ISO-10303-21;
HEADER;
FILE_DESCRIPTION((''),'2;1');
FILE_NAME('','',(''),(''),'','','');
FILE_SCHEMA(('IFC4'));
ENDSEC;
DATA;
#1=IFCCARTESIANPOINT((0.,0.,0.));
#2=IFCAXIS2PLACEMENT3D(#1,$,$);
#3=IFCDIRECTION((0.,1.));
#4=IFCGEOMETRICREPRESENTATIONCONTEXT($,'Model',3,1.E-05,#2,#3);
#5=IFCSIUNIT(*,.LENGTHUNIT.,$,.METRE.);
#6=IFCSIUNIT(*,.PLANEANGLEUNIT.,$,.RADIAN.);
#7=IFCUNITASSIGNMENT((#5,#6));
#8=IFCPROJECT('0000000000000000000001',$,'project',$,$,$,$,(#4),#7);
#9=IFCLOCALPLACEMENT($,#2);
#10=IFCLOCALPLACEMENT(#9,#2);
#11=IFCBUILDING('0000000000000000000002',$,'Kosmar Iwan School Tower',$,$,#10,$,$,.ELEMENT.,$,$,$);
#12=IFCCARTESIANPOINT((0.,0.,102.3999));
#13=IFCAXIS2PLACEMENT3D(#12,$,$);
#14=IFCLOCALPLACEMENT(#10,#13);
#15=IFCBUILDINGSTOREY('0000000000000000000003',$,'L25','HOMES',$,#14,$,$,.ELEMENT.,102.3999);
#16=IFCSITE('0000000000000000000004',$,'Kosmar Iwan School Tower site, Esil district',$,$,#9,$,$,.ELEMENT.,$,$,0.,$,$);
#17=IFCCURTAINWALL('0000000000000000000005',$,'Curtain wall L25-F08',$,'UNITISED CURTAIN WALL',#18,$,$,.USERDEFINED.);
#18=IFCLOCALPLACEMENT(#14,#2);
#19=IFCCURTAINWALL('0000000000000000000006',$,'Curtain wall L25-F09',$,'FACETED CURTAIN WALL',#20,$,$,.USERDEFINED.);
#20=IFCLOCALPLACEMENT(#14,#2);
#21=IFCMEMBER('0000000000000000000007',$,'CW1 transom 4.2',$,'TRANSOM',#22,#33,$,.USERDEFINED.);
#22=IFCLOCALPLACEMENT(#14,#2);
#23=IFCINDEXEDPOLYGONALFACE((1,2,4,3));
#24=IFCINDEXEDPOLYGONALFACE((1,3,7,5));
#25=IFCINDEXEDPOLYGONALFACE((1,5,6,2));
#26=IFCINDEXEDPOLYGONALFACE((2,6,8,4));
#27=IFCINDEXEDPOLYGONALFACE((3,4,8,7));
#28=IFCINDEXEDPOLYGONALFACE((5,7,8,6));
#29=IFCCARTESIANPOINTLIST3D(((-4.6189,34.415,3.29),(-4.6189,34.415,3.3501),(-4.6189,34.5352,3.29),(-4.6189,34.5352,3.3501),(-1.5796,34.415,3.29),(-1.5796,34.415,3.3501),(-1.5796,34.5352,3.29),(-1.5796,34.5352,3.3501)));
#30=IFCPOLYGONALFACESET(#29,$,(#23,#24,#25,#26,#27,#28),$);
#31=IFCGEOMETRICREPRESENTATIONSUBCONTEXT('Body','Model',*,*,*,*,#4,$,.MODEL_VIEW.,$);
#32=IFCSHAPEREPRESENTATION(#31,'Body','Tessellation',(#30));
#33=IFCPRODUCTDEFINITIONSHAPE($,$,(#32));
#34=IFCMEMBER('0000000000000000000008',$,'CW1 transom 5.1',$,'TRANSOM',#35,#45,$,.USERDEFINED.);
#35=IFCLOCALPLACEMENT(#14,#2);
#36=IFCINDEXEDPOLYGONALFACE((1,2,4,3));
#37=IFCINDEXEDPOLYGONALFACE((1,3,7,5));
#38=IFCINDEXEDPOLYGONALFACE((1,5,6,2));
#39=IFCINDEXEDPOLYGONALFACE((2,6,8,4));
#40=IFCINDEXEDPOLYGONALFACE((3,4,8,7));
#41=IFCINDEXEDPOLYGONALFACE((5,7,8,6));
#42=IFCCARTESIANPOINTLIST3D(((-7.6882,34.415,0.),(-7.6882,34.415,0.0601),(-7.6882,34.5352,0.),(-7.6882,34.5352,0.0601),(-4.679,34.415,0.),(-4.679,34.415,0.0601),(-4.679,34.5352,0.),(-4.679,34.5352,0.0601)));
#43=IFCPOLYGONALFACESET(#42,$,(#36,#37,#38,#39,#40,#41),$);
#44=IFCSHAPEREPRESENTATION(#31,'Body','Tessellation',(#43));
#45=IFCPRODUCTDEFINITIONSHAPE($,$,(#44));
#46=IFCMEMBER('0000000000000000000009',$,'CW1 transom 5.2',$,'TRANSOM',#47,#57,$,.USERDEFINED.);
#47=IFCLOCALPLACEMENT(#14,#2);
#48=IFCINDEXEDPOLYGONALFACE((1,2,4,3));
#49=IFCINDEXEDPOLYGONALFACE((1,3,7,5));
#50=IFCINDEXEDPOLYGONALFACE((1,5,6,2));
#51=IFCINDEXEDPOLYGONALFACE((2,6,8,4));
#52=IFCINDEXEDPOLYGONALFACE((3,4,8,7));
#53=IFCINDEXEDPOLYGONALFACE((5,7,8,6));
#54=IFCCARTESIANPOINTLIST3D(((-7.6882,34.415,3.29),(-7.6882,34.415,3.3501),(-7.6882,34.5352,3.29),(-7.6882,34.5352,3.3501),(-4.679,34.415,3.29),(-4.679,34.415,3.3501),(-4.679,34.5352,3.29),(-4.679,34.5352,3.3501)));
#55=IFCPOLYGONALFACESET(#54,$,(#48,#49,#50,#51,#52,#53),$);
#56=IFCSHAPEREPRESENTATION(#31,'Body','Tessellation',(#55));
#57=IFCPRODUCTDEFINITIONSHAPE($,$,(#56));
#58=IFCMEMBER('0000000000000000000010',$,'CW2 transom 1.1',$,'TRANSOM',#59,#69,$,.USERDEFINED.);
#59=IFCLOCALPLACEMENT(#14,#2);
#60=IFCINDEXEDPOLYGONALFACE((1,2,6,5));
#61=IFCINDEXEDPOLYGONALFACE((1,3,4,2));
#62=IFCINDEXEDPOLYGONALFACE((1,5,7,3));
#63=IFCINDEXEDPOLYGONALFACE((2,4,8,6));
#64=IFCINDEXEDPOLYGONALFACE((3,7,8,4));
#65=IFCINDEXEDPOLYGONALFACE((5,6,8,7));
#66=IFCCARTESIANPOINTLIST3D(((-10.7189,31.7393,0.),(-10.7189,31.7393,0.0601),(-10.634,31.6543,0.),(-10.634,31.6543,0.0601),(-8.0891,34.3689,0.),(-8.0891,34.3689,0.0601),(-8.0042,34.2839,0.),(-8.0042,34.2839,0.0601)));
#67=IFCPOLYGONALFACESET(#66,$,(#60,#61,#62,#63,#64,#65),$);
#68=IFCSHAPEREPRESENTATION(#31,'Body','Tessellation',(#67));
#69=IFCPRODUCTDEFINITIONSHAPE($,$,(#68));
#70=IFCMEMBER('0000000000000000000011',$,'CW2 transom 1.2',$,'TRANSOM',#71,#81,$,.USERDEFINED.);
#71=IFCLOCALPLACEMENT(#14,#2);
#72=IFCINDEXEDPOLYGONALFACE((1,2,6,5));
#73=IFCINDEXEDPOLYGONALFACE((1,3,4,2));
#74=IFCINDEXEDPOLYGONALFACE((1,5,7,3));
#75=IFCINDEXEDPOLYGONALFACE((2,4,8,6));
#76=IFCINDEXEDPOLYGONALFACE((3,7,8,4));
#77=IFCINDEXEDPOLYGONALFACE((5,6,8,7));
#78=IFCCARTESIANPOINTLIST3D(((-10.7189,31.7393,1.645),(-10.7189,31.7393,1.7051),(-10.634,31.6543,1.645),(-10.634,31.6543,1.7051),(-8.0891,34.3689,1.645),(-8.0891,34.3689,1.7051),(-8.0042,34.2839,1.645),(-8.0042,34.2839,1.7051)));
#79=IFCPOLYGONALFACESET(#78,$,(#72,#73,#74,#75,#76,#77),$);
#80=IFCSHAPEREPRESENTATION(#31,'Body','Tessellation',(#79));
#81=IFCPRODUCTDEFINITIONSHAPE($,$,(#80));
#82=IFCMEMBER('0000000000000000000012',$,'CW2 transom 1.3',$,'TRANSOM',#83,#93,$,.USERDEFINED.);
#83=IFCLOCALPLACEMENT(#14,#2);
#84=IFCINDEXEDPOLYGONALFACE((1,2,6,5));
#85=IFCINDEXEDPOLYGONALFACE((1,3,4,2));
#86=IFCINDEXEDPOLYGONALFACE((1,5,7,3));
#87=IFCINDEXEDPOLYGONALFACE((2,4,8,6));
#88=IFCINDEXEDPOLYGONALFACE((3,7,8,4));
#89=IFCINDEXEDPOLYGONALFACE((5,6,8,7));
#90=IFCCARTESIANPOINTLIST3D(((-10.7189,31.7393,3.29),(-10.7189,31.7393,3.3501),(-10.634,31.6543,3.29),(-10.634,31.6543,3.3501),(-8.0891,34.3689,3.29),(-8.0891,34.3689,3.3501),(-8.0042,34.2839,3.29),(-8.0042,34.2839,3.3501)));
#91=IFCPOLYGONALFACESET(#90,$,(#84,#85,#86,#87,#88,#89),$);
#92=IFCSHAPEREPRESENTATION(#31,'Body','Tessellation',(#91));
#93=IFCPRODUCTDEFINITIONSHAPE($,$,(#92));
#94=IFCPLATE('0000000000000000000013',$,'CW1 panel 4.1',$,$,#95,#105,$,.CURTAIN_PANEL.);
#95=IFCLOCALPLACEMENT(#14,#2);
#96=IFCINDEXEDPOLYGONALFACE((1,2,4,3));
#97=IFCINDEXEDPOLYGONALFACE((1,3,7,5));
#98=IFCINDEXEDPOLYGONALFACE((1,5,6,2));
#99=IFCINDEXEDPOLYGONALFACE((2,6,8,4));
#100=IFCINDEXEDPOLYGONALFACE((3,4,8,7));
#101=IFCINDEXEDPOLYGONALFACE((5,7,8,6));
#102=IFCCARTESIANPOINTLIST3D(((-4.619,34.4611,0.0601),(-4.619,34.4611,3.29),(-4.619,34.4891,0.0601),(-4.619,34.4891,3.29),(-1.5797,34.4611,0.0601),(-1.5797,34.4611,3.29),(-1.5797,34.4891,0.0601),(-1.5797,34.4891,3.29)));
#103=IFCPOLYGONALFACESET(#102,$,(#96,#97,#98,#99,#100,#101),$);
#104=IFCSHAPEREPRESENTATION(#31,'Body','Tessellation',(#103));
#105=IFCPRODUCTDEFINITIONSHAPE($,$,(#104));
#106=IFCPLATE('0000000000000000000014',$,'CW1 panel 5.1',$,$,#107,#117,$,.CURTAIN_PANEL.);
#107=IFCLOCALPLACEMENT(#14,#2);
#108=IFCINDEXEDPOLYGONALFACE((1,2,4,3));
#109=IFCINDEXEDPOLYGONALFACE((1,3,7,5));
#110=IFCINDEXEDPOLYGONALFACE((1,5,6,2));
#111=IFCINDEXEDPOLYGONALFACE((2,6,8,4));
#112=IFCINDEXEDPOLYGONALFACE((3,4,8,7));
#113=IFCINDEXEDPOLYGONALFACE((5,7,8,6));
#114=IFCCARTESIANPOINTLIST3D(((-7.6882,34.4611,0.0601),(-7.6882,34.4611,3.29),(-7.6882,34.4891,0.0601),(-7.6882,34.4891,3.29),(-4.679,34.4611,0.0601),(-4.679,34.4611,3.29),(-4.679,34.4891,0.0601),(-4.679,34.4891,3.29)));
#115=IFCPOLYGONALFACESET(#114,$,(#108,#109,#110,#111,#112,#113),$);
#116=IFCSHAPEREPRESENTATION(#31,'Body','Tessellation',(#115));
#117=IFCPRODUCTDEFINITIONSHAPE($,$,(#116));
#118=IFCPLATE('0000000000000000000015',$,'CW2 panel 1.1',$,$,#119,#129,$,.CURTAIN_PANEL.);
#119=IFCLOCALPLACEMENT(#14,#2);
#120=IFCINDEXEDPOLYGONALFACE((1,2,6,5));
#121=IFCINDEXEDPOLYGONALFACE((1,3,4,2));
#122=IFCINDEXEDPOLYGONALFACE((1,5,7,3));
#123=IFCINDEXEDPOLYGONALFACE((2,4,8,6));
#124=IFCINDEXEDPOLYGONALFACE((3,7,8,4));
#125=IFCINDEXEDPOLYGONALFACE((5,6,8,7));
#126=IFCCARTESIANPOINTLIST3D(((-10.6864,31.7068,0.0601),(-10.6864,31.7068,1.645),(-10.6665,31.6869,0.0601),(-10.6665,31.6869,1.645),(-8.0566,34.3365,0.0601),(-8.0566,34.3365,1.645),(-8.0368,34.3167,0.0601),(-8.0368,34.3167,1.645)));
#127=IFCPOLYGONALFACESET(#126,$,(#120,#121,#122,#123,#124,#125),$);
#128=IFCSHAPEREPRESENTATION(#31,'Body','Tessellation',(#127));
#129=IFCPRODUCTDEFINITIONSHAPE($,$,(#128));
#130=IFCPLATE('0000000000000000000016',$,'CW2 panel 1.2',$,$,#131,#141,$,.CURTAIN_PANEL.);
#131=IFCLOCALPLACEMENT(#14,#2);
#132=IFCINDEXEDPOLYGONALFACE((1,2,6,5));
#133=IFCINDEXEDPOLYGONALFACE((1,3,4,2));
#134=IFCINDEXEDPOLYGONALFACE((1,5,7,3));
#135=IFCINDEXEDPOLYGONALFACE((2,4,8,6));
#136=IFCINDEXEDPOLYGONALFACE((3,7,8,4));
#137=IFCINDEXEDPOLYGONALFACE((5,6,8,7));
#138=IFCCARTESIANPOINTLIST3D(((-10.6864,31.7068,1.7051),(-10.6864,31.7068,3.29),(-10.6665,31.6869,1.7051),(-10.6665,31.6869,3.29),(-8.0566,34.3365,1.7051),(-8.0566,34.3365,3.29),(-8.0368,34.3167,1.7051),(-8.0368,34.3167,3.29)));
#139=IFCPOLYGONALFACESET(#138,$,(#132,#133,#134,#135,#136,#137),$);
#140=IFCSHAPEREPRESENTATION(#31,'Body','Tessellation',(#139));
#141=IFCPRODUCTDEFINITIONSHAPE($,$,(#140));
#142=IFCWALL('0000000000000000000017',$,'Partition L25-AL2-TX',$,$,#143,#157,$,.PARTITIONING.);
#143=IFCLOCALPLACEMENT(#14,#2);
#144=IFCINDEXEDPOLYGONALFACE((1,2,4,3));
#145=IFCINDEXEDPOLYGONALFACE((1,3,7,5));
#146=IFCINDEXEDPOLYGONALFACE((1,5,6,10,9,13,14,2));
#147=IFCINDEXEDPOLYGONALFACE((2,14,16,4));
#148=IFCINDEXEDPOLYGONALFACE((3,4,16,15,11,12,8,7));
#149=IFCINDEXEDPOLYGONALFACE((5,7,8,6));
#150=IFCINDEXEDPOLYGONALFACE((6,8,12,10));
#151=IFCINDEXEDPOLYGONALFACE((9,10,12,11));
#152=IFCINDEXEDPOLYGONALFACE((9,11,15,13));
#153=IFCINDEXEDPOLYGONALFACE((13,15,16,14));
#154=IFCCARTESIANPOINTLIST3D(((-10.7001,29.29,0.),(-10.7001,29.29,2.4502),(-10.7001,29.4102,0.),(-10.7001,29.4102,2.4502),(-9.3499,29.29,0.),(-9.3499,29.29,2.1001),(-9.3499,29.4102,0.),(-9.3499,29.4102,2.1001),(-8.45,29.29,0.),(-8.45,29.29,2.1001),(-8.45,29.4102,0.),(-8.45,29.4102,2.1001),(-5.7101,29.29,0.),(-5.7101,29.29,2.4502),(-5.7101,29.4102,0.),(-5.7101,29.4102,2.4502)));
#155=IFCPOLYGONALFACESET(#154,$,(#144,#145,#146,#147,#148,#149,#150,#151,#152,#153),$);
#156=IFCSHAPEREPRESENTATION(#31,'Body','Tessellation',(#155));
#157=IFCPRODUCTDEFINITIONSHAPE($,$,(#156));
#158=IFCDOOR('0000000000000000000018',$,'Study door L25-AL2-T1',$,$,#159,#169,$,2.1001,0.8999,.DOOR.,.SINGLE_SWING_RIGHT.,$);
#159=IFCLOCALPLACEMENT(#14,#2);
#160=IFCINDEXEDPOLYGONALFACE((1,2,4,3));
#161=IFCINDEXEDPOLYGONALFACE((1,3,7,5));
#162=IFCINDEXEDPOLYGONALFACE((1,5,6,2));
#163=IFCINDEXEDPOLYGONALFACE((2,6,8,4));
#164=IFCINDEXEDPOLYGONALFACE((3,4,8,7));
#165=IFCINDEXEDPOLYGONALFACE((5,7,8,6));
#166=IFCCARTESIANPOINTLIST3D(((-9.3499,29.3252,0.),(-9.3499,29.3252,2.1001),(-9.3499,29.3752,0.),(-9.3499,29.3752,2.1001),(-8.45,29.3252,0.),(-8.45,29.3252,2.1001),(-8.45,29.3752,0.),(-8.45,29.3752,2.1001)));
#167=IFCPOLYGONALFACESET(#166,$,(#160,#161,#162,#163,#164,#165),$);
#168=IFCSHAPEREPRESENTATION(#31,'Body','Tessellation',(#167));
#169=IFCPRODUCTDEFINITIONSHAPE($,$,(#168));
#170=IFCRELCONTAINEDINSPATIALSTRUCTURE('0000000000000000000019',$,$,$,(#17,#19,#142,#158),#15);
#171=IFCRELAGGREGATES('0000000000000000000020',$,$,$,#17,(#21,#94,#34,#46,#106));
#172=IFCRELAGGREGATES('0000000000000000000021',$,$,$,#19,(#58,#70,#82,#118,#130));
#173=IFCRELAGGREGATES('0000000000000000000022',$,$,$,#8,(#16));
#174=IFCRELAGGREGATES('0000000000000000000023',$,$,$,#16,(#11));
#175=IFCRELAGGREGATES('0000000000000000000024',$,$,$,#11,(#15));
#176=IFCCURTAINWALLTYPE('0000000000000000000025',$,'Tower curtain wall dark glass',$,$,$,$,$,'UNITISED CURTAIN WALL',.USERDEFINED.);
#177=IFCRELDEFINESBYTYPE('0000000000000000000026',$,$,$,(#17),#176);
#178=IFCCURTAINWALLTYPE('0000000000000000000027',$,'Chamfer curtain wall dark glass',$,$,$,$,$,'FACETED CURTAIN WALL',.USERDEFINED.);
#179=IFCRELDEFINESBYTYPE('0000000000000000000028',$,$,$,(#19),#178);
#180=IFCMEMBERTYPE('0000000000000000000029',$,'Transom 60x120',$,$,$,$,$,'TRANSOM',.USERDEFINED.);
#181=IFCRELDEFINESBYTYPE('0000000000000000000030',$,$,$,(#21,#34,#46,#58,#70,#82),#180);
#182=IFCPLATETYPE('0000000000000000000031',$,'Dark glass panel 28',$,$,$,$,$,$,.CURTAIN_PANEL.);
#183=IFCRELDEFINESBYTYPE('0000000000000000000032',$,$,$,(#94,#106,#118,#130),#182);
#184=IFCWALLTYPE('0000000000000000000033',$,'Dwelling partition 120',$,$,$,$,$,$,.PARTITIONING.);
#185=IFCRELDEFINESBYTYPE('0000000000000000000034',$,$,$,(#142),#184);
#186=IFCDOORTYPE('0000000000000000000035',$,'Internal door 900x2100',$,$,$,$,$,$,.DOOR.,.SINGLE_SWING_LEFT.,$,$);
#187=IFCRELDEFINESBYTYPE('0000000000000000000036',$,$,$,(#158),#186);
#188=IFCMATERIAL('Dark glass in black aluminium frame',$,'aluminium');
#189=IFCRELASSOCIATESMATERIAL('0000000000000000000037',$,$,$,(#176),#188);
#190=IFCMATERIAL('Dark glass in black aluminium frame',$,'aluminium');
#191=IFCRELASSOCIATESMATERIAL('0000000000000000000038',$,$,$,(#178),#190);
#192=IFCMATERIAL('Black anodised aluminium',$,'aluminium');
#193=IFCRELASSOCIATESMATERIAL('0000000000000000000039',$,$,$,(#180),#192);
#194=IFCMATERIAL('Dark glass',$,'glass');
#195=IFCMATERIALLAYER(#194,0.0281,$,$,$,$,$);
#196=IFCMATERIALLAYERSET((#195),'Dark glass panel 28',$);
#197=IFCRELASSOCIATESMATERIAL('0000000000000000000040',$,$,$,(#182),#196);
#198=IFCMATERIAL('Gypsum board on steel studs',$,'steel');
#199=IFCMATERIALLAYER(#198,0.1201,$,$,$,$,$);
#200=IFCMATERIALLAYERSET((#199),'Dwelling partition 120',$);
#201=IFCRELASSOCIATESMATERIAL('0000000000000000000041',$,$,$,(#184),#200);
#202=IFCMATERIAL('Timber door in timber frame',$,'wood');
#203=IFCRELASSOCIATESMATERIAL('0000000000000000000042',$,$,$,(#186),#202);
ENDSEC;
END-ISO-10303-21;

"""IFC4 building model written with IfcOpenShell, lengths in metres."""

from ifc_helpers import new_model, si_unit, direction, frame, frame_2d, origin, origin_2d, place, context, subcontext, project, spatial, rectangle, extrude, material, layer, layer_set, material_profile, profile_set, type_object, element, fill, aggregate, save


model = new_model("IFC4")

# Units and contexts
model_context = context("Model", 3, precision=1e-05, world=origin(), true_north=direction((0.0, 1.0)))
body_context = subcontext(model_context, "Body", "Model", "MODEL_VIEW")
ifc_project = project(units=[si_unit("LENGTHUNIT", "METRE"), si_unit("PLANEANGLEUNIT", "RADIAN")], contexts=[model_context])

# Site, building, storey
site_placement = place(None, origin())
site = spatial("IfcSite", under=ifc_project, at=site_placement, Name="Kosmar Iwan School Tower site, Esil district", CompositionType="ELEMENT", RefElevation=0.0)
building_placement = place(site_placement, origin())
building = spatial("IfcBuilding", under=site, at=building_placement, Name="Kosmar Iwan School Tower", CompositionType="ELEMENT")
storey_placement = place(building_placement, frame((0.0, 0.0, 102.3999)))
storey = spatial("IfcBuildingStorey", under=building, at=storey_placement, Name="L25", Description="HOMES", CompositionType="ELEMENT", Elevation=102.3999)

# Curtain walls
ifc_material_1 = material(Name="Dark glass in black aluminium frame", Category="aluminium")
curtain_wall_type_1 = type_object("IfcCurtainWallType", Name="Tower curtain wall dark glass", ElementType="UNITISED CURTAIN WALL", PredefinedType="USERDEFINED", material=ifc_material_1)
curtain_wall_1_placement = place(storey_placement, origin())
curtain_wall_1 = element("IfcCurtainWall", 1, at=curtain_wall_1_placement, inside=storey, type_object=curtain_wall_type_1, Name="Curtain wall L25-F08", ObjectType="UNITISED CURTAIN WALL", PredefinedType="USERDEFINED")
ifc_material_2 = material(Name="Dark glass in black aluminium frame", Category="aluminium")
curtain_wall_type_2 = type_object("IfcCurtainWallType", Name="Chamfer curtain wall dark glass", ElementType="FACETED CURTAIN WALL", PredefinedType="USERDEFINED", material=ifc_material_2)
curtain_wall_2_placement = place(storey_placement, origin())
curtain_wall_2 = element("IfcCurtainWall", 2, at=curtain_wall_2_placement, inside=storey, type_object=curtain_wall_type_2, Name="Curtain wall L25-F09", ObjectType="FACETED CURTAIN WALL", PredefinedType="USERDEFINED")

# Members
ifc_material_3 = material(Name="Black anodised aluminium", Category="aluminium")
ifc_material_profile_1 = material_profile(ifc_material_3, rectangle(XDim=0.1201, YDim=0.0601, at=origin_2d()), Name="TRANSOM 60x120")
ifc_profile_set_1 = profile_set([ifc_material_profile_1], Name="Black anodised aluminium")
member_type_1 = type_object("IfcMemberType", Name="Transom 60x120", ElementType="TRANSOM", PredefinedType="USERDEFINED", material=ifc_profile_set_1)
member_1_placement = place(storey_placement, frame((-1.5796, 34.4751, 3.3201), z_axis=(-1.0, 0.0, 0.0), x_axis=(0.0, -1.0, 0.0)))
member_1 = element("IfcMember", 3, at=member_1_placement, type_object=member_type_1, Name="CW1 transom 4.2", ObjectType="TRANSOM", PredefinedType="USERDEFINED", context=body_context, shape_type="SweptSolid", body=[
    extrude(rectangle(XDim=0.1201, YDim=0.0601, at=origin_2d()), origin(), (0.0, 0.0, 1.0), 3.0393),
])
member_2_placement = place(storey_placement, frame((-4.679, 34.4751, 0.03), z_axis=(-1.0, 0.0, 0.0), x_axis=(0.0, -1.0, 0.0)))
member_2 = element("IfcMember", 4, at=member_2_placement, type_object=member_type_1, Name="CW1 transom 5.1", ObjectType="TRANSOM", PredefinedType="USERDEFINED", context=body_context, shape_type="SweptSolid", body=[
    extrude(rectangle(XDim=0.1201, YDim=0.0601, at=origin_2d()), origin(), (0.0, 0.0, 1.0), 3.0093),
])
member_3_placement = place(storey_placement, frame((-4.679, 34.4751, 3.3201), z_axis=(-1.0, 0.0, 0.0), x_axis=(0.0, -1.0, 0.0)))
member_3 = element("IfcMember", 5, at=member_3_placement, type_object=member_type_1, Name="CW1 transom 5.2", ObjectType="TRANSOM", PredefinedType="USERDEFINED", context=body_context, shape_type="SweptSolid", body=[
    extrude(rectangle(XDim=0.1201, YDim=0.0601, at=origin_2d()), origin(), (0.0, 0.0, 1.0), 3.0093),
])
member_4_placement = place(storey_placement, frame((-8.0466, 34.3264, 0.03), z_axis=(-0.70714, -0.707074, 0.0), x_axis=(0.707074, -0.70714, 0.0)))
member_4 = element("IfcMember", 6, at=member_4_placement, type_object=member_type_1, Name="CW2 transom 1.1", ObjectType="TRANSOM", PredefinedType="USERDEFINED", context=body_context, shape_type="SweptSolid", body=[
    extrude(rectangle(XDim=0.1201, YDim=0.0601, at=origin_2d()), origin(), (0.0, 0.0, 1.0), 3.719),
])
member_5_placement = place(storey_placement, frame((-8.0466, 34.3264, 1.675), z_axis=(-0.70714, -0.707074, 0.0), x_axis=(0.707074, -0.70714, 0.0)))
member_5 = element("IfcMember", 7, at=member_5_placement, type_object=member_type_1, Name="CW2 transom 1.2", ObjectType="TRANSOM", PredefinedType="USERDEFINED", context=body_context, shape_type="SweptSolid", body=[
    extrude(rectangle(XDim=0.1201, YDim=0.0601, at=origin_2d()), origin(), (0.0, 0.0, 1.0), 3.719),
])
member_6_placement = place(storey_placement, frame((-8.0466, 34.3264, 3.3201), z_axis=(-0.70714, -0.707074, 0.0), x_axis=(0.707074, -0.70714, 0.0)))
member_6 = element("IfcMember", 8, at=member_6_placement, type_object=member_type_1, Name="CW2 transom 1.3", ObjectType="TRANSOM", PredefinedType="USERDEFINED", context=body_context, shape_type="SweptSolid", body=[
    extrude(rectangle(XDim=0.1201, YDim=0.0601, at=origin_2d()), origin(), (0.0, 0.0, 1.0), 3.719),
])

# Plates
ifc_material_4 = material(Name="Dark glass", Category="glass")
ifc_layer_1 = layer(ifc_material_4, 0.0281)
ifc_layer_set_1 = layer_set([ifc_layer_1], Name="Dark glass panel 28")
plate_type = type_object("IfcPlateType", Name="Dark glass panel 28", PredefinedType="CURTAIN_PANEL", material=ifc_layer_set_1)
plate_1_placement = place(storey_placement, frame((-3.0994, 34.4751, 0.0601), z_axis=(0.0, 0.0, 1.0), x_axis=(-1.0, 0.0, 0.0)))
plate_1 = element("IfcPlate", 9, at=plate_1_placement, type_object=plate_type, Name="CW1 panel 4.1", PredefinedType="CURTAIN_PANEL", context=body_context, shape_type="SweptSolid", body=[
    extrude(rectangle(XDim=3.0393, YDim=0.0281, at=origin_2d()), origin(), (0.0, 0.0, 1.0), 3.23),
])
plate_2_placement = place(storey_placement, frame((-6.1836, 34.4751, 0.0601), z_axis=(0.0, 0.0, 1.0), x_axis=(-1.0, 0.0, 0.0)))
plate_2 = element("IfcPlate", 10, at=plate_2_placement, type_object=plate_type, Name="CW1 panel 5.1", PredefinedType="CURTAIN_PANEL", context=body_context, shape_type="SweptSolid", body=[
    extrude(rectangle(XDim=3.0093, YDim=0.0281, at=origin_2d()), origin(), (0.0, 0.0, 1.0), 3.23),
])
aggregate(curtain_wall_1, [member_1, plate_1, member_2, member_3, plate_2])
plate_3_placement = place(storey_placement, frame((-9.3616, 33.0117, 0.0601), z_axis=(0.0, 0.0, 1.0), x_axis=(-0.707107, -0.707107, 0.0)))
plate_3 = element("IfcPlate", 11, at=plate_3_placement, type_object=plate_type, Name="CW2 panel 1.1", PredefinedType="CURTAIN_PANEL", context=body_context, shape_type="SweptSolid", body=[
    extrude(rectangle(XDim=3.719, YDim=0.0281, at=origin_2d()), origin(), (0.0, 0.0, 1.0), 1.585),
])
plate_4_placement = place(storey_placement, frame((-9.3616, 33.0117, 1.7051), z_axis=(0.0, 0.0, 1.0), x_axis=(-0.707107, -0.707107, 0.0)))
plate_4 = element("IfcPlate", 12, at=plate_4_placement, type_object=plate_type, Name="CW2 panel 1.2", PredefinedType="CURTAIN_PANEL", context=body_context, shape_type="SweptSolid", body=[
    extrude(rectangle(XDim=3.719, YDim=0.0281, at=origin_2d()), origin(), (0.0, 0.0, 1.0), 1.585),
])
aggregate(curtain_wall_2, [member_4, member_5, member_6, plate_3, plate_4])

# Wall, opening, door
ifc_material_5 = material(Name="Gypsum board on steel studs", Category="steel")
ifc_layer_2 = layer(ifc_material_5, 0.1201)
ifc_layer_set_2 = layer_set([ifc_layer_2], Name="Dwelling partition 120")
wall_type_1 = type_object("IfcWallType", Name="Dwelling partition 120", PredefinedType="PARTITIONING", material=ifc_layer_set_2)
wall_1_placement = place(storey_placement, frame((-5.71, 29.3501, 0.0), z_axis=(0.0, 0.0, 1.0), x_axis=(-1.0, 0.0, 0.0)))
wall_1 = element("IfcWall", 13, at=wall_1_placement, inside=storey, type_object=wall_type_1, Name="Partition L25-AL2-TX", PredefinedType="PARTITIONING", context=body_context, shape_type="SweptSolid", body=[
    extrude(rectangle(XDim=4.99, YDim=0.1201, at=frame_2d((2.4951, 0.0))), origin(), (0.0, 0.0, 1.0), 2.4502),
])
opening_1_placement = place(wall_1_placement, frame((2.74, 0.0, 0.0)))
opening_1 = element("IfcOpeningElement", 14, at=opening_1_placement, cuts=wall_1, PredefinedType="OPENING", context=body_context, shape_type="SweptSolid", body=[
    extrude(rectangle(XDim=0.8999, YDim=2.1001, at=frame_2d((0.45, 1.05))), frame((0.0, 0.072, 0.0), z_axis=(0.0, -1.0, 0.0), x_axis=(1.0, 0.0, 0.0)), (0.0, 0.0, 1.0), 0.144),
])
ifc_material_6 = material(Name="Timber door in timber frame", Category="wood")
door_type_1 = type_object("IfcDoorType", Name="Internal door 900x2100", OperationType="SINGLE_SWING_LEFT", PredefinedType="DOOR", material=ifc_material_6)
door_1_placement = place(opening_1_placement, origin())
door_1 = element("IfcDoor", 15, at=door_1_placement, inside=storey, type_object=door_type_1, Name="Study door L25-AL2-T1", OperationType="SINGLE_SWING_RIGHT", OverallHeight=2.1001, OverallWidth=0.8999, PredefinedType="DOOR", context=body_context, shape_type="SweptSolid", body=[
    extrude(rectangle(XDim=0.8999, YDim=2.1001, at=frame_2d((0.45, 1.05))), frame((0.0, 0.0249, 0.0), z_axis=(0.0, -1.0, 0.0), x_axis=(1.0, 0.0, 0.0)), (0.0, 0.0, 1.0), 0.05),
])
fill(opening_1, door_1)

save(model, "model.ifc")
